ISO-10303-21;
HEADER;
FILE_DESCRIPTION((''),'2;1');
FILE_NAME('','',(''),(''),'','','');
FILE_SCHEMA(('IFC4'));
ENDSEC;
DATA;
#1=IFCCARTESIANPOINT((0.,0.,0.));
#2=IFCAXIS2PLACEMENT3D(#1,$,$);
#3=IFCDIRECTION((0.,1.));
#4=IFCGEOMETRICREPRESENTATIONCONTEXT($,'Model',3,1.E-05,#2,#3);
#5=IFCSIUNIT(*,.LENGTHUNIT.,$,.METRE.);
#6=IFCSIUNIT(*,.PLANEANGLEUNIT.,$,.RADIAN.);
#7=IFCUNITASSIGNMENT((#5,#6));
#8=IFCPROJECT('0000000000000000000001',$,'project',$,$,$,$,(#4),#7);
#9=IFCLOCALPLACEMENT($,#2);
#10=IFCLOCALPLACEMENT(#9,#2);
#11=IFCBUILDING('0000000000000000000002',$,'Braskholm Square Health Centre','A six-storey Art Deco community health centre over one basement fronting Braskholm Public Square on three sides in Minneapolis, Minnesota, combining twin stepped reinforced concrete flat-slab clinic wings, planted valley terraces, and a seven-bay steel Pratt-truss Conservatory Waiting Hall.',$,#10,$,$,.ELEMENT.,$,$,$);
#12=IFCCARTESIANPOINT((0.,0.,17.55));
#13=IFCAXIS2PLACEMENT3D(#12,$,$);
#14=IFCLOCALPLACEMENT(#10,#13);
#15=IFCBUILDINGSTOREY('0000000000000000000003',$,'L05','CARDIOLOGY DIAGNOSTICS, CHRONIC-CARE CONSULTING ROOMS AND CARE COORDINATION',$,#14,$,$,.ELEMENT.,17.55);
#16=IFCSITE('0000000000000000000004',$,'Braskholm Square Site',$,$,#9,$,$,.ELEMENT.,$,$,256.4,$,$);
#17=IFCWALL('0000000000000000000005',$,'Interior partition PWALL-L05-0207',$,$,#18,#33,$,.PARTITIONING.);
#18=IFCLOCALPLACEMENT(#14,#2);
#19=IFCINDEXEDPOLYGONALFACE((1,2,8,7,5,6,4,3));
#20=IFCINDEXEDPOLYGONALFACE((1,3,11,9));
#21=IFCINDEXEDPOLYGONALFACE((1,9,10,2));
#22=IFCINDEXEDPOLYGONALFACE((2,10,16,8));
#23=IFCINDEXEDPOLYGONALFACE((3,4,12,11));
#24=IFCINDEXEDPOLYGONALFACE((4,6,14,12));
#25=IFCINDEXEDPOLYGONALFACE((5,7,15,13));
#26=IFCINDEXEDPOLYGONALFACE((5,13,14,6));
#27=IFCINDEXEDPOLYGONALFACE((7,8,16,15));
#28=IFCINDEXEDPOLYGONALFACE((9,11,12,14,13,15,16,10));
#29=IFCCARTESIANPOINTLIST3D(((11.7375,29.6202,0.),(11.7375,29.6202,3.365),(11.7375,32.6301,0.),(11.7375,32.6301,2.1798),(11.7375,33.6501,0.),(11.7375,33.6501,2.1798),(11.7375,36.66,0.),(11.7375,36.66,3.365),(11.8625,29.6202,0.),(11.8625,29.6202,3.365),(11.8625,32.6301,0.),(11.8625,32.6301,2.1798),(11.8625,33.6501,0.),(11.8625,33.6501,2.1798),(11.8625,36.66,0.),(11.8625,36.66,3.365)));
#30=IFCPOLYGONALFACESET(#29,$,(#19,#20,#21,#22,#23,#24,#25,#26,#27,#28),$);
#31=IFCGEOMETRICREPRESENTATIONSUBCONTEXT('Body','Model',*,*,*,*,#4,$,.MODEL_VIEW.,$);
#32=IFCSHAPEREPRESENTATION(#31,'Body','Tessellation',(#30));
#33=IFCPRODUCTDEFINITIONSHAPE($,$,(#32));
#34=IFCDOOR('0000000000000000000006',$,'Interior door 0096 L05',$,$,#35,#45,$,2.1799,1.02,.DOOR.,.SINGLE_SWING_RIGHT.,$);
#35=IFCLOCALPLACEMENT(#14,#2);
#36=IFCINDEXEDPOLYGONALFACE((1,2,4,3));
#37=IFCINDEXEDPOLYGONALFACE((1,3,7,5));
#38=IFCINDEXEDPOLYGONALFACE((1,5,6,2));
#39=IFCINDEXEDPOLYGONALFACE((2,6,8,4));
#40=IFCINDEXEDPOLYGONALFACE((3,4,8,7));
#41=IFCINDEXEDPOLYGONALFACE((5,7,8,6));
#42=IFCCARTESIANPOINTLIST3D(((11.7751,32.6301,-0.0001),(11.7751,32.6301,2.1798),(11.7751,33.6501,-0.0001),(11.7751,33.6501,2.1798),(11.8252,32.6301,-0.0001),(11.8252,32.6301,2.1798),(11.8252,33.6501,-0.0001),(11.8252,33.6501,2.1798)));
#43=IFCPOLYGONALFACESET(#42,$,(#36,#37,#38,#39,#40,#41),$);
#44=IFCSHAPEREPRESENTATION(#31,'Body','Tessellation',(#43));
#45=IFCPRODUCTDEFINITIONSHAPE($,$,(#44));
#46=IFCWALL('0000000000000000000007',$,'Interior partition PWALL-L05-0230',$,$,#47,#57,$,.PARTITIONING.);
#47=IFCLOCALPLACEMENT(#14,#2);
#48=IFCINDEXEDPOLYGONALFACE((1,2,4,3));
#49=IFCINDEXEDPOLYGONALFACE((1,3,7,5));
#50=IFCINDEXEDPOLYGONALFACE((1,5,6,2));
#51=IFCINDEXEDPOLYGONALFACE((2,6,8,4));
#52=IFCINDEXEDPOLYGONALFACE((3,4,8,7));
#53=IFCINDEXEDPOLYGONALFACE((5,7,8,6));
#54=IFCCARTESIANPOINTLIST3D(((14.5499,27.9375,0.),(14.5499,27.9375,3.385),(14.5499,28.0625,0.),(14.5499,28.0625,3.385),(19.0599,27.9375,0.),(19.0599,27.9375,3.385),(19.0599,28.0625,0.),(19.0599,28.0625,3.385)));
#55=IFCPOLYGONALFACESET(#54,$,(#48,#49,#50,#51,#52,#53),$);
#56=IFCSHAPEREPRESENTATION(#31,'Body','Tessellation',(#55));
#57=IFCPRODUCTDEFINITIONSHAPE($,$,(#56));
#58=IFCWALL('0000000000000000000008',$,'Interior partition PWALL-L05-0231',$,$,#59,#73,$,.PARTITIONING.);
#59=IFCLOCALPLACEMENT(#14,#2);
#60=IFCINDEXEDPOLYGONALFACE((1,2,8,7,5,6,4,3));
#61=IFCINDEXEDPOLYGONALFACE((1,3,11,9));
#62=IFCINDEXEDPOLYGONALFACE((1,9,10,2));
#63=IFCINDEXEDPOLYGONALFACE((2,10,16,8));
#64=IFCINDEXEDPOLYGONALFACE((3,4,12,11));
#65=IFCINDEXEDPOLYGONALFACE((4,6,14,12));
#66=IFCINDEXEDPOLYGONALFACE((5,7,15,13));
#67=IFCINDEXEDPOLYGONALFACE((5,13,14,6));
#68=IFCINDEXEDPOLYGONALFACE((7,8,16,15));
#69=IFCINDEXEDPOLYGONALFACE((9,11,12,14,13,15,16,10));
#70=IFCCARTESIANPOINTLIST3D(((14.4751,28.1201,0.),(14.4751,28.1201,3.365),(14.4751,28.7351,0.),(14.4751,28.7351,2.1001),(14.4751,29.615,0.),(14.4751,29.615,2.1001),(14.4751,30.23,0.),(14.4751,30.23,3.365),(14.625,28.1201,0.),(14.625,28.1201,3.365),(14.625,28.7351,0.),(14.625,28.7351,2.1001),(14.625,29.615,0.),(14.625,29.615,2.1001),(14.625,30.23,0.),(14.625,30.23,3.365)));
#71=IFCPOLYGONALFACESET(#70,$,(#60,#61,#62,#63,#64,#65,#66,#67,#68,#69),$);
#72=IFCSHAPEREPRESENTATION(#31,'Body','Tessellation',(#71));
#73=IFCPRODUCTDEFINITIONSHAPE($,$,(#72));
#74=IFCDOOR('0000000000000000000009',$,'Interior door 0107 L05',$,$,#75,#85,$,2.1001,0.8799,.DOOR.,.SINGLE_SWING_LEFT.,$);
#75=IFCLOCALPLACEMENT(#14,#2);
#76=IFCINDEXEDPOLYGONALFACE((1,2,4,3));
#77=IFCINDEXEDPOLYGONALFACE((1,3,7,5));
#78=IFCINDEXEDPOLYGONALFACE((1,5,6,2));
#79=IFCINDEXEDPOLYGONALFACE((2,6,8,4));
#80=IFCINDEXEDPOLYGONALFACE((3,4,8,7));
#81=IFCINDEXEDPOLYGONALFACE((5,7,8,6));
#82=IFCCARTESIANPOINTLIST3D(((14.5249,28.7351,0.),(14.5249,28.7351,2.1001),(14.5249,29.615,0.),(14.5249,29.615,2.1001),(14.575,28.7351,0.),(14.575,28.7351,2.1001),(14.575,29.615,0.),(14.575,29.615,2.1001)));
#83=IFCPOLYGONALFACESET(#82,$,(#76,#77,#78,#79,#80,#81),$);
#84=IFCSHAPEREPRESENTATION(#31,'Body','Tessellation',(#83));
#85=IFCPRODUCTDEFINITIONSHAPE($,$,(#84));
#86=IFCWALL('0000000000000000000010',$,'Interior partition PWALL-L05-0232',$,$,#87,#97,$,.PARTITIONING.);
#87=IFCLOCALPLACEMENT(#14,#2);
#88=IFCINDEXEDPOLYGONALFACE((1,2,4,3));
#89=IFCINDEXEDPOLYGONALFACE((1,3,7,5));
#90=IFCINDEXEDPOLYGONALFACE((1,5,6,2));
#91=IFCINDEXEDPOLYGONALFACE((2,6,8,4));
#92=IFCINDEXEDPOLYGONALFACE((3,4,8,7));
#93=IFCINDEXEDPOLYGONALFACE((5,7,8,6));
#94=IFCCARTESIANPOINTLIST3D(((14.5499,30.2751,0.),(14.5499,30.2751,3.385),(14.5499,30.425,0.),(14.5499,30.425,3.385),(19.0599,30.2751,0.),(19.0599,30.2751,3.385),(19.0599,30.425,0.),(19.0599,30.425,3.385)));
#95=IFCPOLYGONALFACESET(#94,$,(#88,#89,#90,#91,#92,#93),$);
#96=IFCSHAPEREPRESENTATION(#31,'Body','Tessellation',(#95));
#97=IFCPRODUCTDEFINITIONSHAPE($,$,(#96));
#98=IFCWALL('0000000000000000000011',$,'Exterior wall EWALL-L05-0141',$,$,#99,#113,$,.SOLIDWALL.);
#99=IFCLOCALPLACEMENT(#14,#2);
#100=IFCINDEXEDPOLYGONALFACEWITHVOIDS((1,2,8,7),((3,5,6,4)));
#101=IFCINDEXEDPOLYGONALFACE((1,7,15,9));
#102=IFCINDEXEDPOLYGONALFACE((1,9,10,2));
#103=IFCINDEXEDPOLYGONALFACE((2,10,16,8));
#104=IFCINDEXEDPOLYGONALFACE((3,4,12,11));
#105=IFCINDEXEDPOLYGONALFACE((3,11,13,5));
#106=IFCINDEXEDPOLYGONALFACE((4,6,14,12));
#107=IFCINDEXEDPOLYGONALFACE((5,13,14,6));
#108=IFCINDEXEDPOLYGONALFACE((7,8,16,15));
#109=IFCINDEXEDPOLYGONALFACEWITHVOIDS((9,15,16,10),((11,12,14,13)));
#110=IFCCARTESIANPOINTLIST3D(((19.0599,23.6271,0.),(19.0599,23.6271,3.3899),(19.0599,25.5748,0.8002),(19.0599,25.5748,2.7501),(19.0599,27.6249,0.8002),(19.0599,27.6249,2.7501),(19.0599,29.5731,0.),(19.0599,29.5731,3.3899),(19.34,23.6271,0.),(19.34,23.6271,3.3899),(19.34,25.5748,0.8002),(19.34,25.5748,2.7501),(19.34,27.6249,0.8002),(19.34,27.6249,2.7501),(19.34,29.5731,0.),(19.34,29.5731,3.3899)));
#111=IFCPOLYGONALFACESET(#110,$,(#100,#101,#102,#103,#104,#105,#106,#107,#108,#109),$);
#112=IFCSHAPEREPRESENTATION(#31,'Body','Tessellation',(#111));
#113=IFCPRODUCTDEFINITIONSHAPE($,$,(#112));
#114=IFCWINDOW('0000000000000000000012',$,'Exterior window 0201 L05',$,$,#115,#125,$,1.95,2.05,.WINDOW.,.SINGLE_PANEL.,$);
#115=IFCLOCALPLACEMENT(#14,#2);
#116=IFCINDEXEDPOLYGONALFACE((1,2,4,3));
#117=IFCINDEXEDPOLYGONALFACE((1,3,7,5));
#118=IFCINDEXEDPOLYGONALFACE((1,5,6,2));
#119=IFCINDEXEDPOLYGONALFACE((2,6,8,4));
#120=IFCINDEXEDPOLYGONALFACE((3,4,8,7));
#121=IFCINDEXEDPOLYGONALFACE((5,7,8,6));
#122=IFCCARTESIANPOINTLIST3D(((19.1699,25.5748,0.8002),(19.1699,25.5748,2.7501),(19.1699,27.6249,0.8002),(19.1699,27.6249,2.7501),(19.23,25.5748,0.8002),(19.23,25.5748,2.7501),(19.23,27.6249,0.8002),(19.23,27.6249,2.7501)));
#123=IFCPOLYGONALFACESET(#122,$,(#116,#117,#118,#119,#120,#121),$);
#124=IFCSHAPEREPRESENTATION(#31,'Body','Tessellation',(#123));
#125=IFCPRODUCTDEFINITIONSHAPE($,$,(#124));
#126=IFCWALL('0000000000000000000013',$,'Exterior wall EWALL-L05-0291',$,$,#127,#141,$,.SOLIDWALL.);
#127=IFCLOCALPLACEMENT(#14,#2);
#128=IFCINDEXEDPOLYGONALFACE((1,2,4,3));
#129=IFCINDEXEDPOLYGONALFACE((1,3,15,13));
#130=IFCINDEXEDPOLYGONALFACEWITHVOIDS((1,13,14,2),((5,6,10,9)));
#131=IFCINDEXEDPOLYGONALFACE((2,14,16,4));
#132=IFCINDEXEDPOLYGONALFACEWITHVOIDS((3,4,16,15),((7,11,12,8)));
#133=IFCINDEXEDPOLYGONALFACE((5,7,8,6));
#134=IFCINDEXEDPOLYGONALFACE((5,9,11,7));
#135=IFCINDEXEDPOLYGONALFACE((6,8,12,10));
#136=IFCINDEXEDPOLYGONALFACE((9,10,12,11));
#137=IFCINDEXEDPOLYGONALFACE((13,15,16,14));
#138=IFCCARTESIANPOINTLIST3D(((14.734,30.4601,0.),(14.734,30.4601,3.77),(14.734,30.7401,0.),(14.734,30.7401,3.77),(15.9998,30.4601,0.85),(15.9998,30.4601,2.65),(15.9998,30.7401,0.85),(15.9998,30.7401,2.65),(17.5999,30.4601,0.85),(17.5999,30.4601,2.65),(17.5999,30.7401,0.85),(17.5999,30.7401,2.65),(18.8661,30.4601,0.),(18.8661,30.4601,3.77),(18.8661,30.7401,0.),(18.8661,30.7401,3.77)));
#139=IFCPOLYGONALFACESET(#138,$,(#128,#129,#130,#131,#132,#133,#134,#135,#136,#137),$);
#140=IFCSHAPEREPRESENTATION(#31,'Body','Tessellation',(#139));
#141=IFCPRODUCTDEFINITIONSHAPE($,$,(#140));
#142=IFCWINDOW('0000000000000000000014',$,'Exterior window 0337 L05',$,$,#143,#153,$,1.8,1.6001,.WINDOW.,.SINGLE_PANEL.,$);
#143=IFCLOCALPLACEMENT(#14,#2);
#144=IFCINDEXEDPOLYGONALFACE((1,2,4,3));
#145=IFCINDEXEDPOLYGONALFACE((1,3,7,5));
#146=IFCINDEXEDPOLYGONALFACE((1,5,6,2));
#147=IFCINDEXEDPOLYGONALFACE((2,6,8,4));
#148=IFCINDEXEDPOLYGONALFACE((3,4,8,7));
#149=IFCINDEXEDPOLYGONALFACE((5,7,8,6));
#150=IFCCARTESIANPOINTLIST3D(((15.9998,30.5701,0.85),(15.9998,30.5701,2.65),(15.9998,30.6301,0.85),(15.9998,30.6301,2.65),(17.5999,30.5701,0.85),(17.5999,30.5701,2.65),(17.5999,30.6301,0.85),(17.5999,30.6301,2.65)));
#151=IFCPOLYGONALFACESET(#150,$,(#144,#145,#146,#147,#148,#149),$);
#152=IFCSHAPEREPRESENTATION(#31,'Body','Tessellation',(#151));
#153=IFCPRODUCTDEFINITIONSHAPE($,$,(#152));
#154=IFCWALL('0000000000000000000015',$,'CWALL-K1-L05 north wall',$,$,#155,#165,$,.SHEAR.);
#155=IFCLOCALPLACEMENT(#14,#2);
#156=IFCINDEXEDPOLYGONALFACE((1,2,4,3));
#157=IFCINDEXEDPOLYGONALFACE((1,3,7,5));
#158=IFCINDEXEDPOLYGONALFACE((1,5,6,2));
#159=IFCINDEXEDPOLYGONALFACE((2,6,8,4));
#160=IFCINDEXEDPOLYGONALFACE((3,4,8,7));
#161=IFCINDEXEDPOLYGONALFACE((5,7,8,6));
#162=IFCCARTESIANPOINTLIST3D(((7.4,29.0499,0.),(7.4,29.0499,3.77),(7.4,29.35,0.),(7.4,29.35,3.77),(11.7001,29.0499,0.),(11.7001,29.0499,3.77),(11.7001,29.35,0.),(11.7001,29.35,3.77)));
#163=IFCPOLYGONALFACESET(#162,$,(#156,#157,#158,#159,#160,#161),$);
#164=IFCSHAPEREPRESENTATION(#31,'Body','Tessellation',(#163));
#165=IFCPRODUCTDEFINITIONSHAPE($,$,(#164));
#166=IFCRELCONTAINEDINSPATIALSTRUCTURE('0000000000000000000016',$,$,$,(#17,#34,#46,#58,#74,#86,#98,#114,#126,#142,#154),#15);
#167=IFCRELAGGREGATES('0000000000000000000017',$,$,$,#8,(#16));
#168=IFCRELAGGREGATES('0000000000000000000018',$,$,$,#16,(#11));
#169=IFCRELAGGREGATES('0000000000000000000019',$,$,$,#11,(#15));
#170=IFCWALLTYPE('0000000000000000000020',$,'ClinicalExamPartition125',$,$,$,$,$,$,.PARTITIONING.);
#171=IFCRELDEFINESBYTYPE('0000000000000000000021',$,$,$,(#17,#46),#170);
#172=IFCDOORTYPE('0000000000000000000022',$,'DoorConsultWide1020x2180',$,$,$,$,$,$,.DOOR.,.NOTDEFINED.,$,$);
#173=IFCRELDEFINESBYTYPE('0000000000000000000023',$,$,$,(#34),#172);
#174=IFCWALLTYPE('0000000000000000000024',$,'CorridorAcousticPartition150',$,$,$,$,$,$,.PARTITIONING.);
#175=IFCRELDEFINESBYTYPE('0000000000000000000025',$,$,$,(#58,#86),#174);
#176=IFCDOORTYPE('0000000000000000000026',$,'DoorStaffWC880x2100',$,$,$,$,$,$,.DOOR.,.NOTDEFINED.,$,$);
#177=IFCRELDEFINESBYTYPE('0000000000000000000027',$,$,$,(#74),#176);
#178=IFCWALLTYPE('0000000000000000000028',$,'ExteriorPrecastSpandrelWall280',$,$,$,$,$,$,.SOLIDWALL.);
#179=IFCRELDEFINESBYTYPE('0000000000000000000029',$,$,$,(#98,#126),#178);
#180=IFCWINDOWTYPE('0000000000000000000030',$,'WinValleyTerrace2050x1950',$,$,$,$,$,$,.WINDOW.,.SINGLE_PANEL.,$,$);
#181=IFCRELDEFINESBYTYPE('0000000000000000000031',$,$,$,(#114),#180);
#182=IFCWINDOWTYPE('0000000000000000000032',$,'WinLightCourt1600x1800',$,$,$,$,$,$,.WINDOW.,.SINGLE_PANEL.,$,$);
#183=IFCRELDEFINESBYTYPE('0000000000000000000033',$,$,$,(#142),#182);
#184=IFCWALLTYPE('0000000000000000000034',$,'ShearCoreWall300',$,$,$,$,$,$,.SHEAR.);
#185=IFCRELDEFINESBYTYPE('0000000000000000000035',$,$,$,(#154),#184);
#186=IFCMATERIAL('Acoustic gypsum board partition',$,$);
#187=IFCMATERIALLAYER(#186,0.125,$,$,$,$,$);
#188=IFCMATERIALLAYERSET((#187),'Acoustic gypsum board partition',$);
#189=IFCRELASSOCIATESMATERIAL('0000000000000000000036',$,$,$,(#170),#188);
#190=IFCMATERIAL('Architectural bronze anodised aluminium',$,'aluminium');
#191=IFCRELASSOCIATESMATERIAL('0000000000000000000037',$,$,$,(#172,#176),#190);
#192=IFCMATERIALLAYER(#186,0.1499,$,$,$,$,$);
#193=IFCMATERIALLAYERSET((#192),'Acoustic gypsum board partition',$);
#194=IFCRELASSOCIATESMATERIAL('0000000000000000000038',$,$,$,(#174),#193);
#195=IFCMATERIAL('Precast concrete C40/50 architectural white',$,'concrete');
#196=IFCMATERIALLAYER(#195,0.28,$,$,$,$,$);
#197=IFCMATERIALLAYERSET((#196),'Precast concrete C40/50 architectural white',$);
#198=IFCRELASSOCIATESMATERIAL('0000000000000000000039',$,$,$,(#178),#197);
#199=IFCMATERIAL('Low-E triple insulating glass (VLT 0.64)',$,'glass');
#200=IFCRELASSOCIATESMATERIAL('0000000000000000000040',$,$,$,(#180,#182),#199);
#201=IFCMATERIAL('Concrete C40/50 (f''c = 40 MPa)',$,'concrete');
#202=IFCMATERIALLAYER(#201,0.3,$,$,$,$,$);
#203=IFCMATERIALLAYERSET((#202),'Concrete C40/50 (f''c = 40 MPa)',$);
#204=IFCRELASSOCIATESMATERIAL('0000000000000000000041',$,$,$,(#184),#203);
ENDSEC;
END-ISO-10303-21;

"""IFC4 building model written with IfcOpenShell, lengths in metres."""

from ifc_helpers import new_model, si_unit, direction, frame, frame_2d, origin, origin_with_axes, place, context, subcontext, project, spatial, rectangle, extrude, material, layer, layer_set, type_object, element, fill, save


model = new_model("IFC4")

# Units and contexts
model_context = context("Model", 3, precision=1e-05, world=origin(), true_north=direction((0.0, 1.0)))
body_context = subcontext(model_context, "Body", "Model", "MODEL_VIEW")
ifc_project = project(units=[si_unit("LENGTHUNIT", "METRE"), si_unit("PLANEANGLEUNIT", "RADIAN")], contexts=[model_context])

# Site, building, storey
site_placement = place(None, origin())
site = spatial("IfcSite", under=ifc_project, at=site_placement, Name="Braskholm Square Site", CompositionType="ELEMENT", RefElevation=256.4)
building_placement = place(site_placement, origin())
building = spatial("IfcBuilding", under=site, at=building_placement, Name="Braskholm Square Health Centre", Description="A six-storey Art Deco community health centre over one basement fronting Braskholm Public Square on three sides in Minneapolis, Minnesota, combining twin stepped reinforced concrete flat-slab clinic wings, planted valley terraces, and a seven-bay steel Pratt-truss Conservatory Waiting Hall.", CompositionType="ELEMENT")
storey_placement = place(building_placement, frame((0.0, 0.0, 17.55)))
storey = spatial("IfcBuildingStorey", under=building, at=storey_placement, Name="L05", Description="CARDIOLOGY DIAGNOSTICS, CHRONIC-CARE CONSULTING ROOMS AND CARE COORDINATION", CompositionType="ELEMENT", Elevation=17.55)

# Shared definitions
ifc_material_1 = material(Name="Concrete C40/50 (f'c = 40 MPa)", Category="concrete")

# Shared definitions
ifc_material_2 = material(Name="Low-E triple insulating glass (VLT 0.64)", Category="glass")
ifc_material_3 = material(Name="Architectural bronze anodised aluminium", Category="aluminium")

# Wall, opening, door
ifc_material_4 = material(Name="Acoustic gypsum board partition")
ifc_layer_1 = layer(ifc_material_4, 0.125)
ifc_layer_set_1 = layer_set([ifc_layer_1], Name="Acoustic gypsum board partition")
wall_type_1 = type_object("IfcWallType", Name="ClinicalExamPartition125", PredefinedType="PARTITIONING", material=ifc_layer_set_1)
wall_1_placement = place(storey_placement, frame((11.8, 29.6201, 0.0), z_axis=(0.0, 0.0, 1.0), x_axis=(0.0, 1.0, 0.0)))
wall_1 = element("IfcWall", 1, at=wall_1_placement, inside=storey, type_object=wall_type_1, Name="Interior partition PWALL-L05-0207", PredefinedType="PARTITIONING", context=body_context, shape_type="SweptSolid", body=[
    extrude(rectangle(XDim=7.0398, YDim=0.125, at=frame_2d((3.52, 0.0))), origin(), (0.0, 0.0, 1.0), 3.365),
])
opening_1_placement = place(wall_1_placement, frame((3.01, 0.0, 0.0)))
opening_1 = element("IfcOpeningElement", 2, at=opening_1_placement, cuts=wall_1, PredefinedType="OPENING", context=body_context, shape_type="SweptSolid", body=[
    extrude(rectangle(XDim=1.02, YDim=2.1799, at=frame_2d((0.51, 1.0898))), frame((0.0, 0.0725, 0.0), z_axis=(0.0, -1.0, 0.0), x_axis=(1.0, 0.0, 0.0)), (0.0, 0.0, 1.0), 0.145),
])
door_type_1 = type_object("IfcDoorType", Name="DoorConsultWide1020x2180", OperationType="NOTDEFINED", PredefinedType="DOOR", material=ifc_material_3)
door_1_placement = place(opening_1_placement, origin_with_axes())
door_1 = element("IfcDoor", 3, at=door_1_placement, inside=storey, type_object=door_type_1, Name="Interior door 0096 L05", OperationType="SINGLE_SWING_RIGHT", OverallHeight=2.1799, OverallWidth=1.02, PredefinedType="DOOR", context=body_context, shape_type="SweptSolid", body=[
    extrude(rectangle(XDim=1.02, YDim=2.1799, at=frame_2d((0.51, 1.0898))), frame((0.0, 0.0249, 0.0), z_axis=(0.0, -1.0, 0.0), x_axis=(1.0, 0.0, 0.0)), (0.0, 0.0, 1.0), 0.05),
])
fill(opening_1, door_1)

# Wall
wall_2_placement = place(storey_placement, frame((14.55, 28.0, 0.0), z_axis=(0.0, 0.0, 1.0), x_axis=(1.0, 0.0, 0.0)))
element("IfcWall", 4, at=wall_2_placement, inside=storey, type_object=wall_type_1, Name="Interior partition PWALL-L05-0230", PredefinedType="PARTITIONING", context=body_context, shape_type="SweptSolid", body=[
    extrude(rectangle(XDim=4.51, YDim=0.125, at=frame_2d((2.2549, 0.0))), origin(), (0.0, 0.0, 1.0), 3.385),
])

# Wall, opening, door
ifc_layer_2 = layer(ifc_material_4, 0.1499)
ifc_layer_set_2 = layer_set([ifc_layer_2], Name="Acoustic gypsum board partition")
wall_type_2 = type_object("IfcWallType", Name="CorridorAcousticPartition150", PredefinedType="PARTITIONING", material=ifc_layer_set_2)
wall_3_placement = place(storey_placement, frame((14.55, 28.1201, 0.0), z_axis=(0.0, 0.0, 1.0), x_axis=(0.0, 1.0, 0.0)))
wall_3 = element("IfcWall", 5, at=wall_3_placement, inside=storey, type_object=wall_type_2, Name="Interior partition PWALL-L05-0231", PredefinedType="PARTITIONING", context=body_context, shape_type="SweptSolid", body=[
    extrude(rectangle(XDim=2.1099, YDim=0.1499, at=frame_2d((1.0549, 0.0))), origin(), (0.0, 0.0, 1.0), 3.365),
])
opening_2_placement = place(wall_3_placement, frame((0.615, 0.0, 0.0)))
opening_2 = element("IfcOpeningElement", 6, at=opening_2_placement, cuts=wall_3, PredefinedType="OPENING", context=body_context, shape_type="SweptSolid", body=[
    extrude(rectangle(XDim=0.8799, YDim=2.1001, at=frame_2d((0.4399, 1.05))), frame((0.0, 0.085, 0.0), z_axis=(0.0, -1.0, 0.0), x_axis=(1.0, 0.0, 0.0)), (0.0, 0.0, 1.0), 0.1699),
])
door_type_2 = type_object("IfcDoorType", Name="DoorStaffWC880x2100", OperationType="NOTDEFINED", PredefinedType="DOOR", material=ifc_material_3)
door_2_placement = place(opening_2_placement, frame((0.8799, 0.0, 0.0), z_axis=(0.0, 0.0, 1.0), x_axis=(-1.0, 0.0, 0.0)))
door_2 = element("IfcDoor", 7, at=door_2_placement, inside=storey, type_object=door_type_2, Name="Interior door 0107 L05", OperationType="SINGLE_SWING_LEFT", OverallHeight=2.1001, OverallWidth=0.8799, PredefinedType="DOOR", context=body_context, shape_type="SweptSolid", body=[
    extrude(rectangle(XDim=0.8799, YDim=2.1001, at=frame_2d((0.4399, 1.05))), frame((0.0, 0.0249, 0.0), z_axis=(0.0, -1.0, 0.0), x_axis=(1.0, 0.0, 0.0)), (0.0, 0.0, 1.0), 0.05),
])
fill(opening_2, door_2)

# Wall
wall_4_placement = place(storey_placement, frame((14.55, 30.3501, 0.0), z_axis=(0.0, 0.0, 1.0), x_axis=(1.0, 0.0, 0.0)))
element("IfcWall", 8, at=wall_4_placement, inside=storey, type_object=wall_type_2, Name="Interior partition PWALL-L05-0232", PredefinedType="PARTITIONING", context=body_context, shape_type="SweptSolid", body=[
    extrude(rectangle(XDim=4.51, YDim=0.1499, at=frame_2d((2.2549, 0.0))), origin(), (0.0, 0.0, 1.0), 3.385),
])

# Walls, openings, windows
ifc_material_5 = material(Name="Precast concrete C40/50 architectural white", Category="concrete")
ifc_layer_3 = layer(ifc_material_5, 0.28)
ifc_layer_set_3 = layer_set([ifc_layer_3], Name="Precast concrete C40/50 architectural white")
wall_type_3 = type_object("IfcWallType", Name="ExteriorPrecastSpandrelWall280", PredefinedType="SOLIDWALL", material=ifc_layer_set_3)
wall_5_placement = place(storey_placement, frame((19.2, 23.627, 0.0), z_axis=(0.0, 0.0, 1.0), x_axis=(0.0, 1.0, 0.0)))
wall_5 = element("IfcWall", 9, at=wall_5_placement, inside=storey, type_object=wall_type_3, Name="Exterior wall EWALL-L05-0141", PredefinedType="SOLIDWALL", context=body_context, shape_type="SweptSolid", body=[
    extrude(rectangle(XDim=5.946, YDim=0.28, at=frame_2d((2.9731, 0.0))), origin(), (0.0, 0.0, 1.0), 3.3899),
])
opening_3_placement = place(wall_5_placement, frame((1.948, 0.0, 0.8)))
opening_3 = element("IfcOpeningElement", 10, at=opening_3_placement, cuts=wall_5, PredefinedType="OPENING", context=body_context, shape_type="SweptSolid", body=[
    extrude(rectangle(XDim=2.05, YDim=1.95, at=frame_2d((1.0249, 0.9751))), frame((0.0, 0.1499, 0.0), z_axis=(0.0, -1.0, 0.0), x_axis=(1.0, 0.0, 0.0)), (0.0, 0.0, 1.0), 0.3),
])
window_type_1 = type_object("IfcWindowType", Name="WinValleyTerrace2050x1950", PartitioningType="SINGLE_PANEL", PredefinedType="WINDOW", material=ifc_material_2)
window_1_placement = place(opening_3_placement, origin_with_axes())
window_1 = element("IfcWindow", 11, at=window_1_placement, inside=storey, type_object=window_type_1, Name="Exterior window 0201 L05", OverallHeight=1.95, OverallWidth=2.05, PartitioningType="SINGLE_PANEL", PredefinedType="WINDOW", context=body_context, shape_type="SweptSolid", body=[
    extrude(rectangle(XDim=2.05, YDim=1.95, at=frame_2d((1.0249, 0.9751))), frame((0.0, 0.03, 0.0), z_axis=(0.0, -1.0, 0.0), x_axis=(1.0, 0.0, 0.0)), (0.0, 0.0, 1.0), 0.0601),
])
fill(opening_3, window_1)
wall_6_placement = place(storey_placement, frame((18.866, 30.6001, 0.0), z_axis=(0.0, 0.0, 1.0), x_axis=(-1.0, 0.0, 0.0)))
wall_6 = element("IfcWall", 12, at=wall_6_placement, inside=storey, type_object=wall_type_3, Name="Exterior wall EWALL-L05-0291", PredefinedType="SOLIDWALL", context=body_context, shape_type="SweptSolid", body=[
    extrude(rectangle(XDim=4.1321, YDim=0.28, at=frame_2d((2.0659, 0.0))), origin(), (0.0, 0.0, 1.0), 3.77),
])
opening_4_placement = place(wall_6_placement, frame((1.2661, 0.0, 0.8501)))
opening_4 = element("IfcOpeningElement", 13, at=opening_4_placement, cuts=wall_6, PredefinedType="OPENING", context=body_context, shape_type="SweptSolid", body=[
    extrude(rectangle(XDim=1.6001, YDim=1.8, at=frame_2d((0.8, 0.8999))), frame((0.0, 0.1499, 0.0), z_axis=(0.0, -1.0, 0.0), x_axis=(1.0, 0.0, 0.0)), (0.0, 0.0, 1.0), 0.3),
])
window_type_2 = type_object("IfcWindowType", Name="WinLightCourt1600x1800", PartitioningType="SINGLE_PANEL", PredefinedType="WINDOW", material=ifc_material_2)
window_2_placement = place(opening_4_placement, origin_with_axes())
window_2 = element("IfcWindow", 14, at=window_2_placement, inside=storey, type_object=window_type_2, Name="Exterior window 0337 L05", OverallHeight=1.8, OverallWidth=1.6001, PartitioningType="SINGLE_PANEL", PredefinedType="WINDOW", context=body_context, shape_type="SweptSolid", body=[
    extrude(rectangle(XDim=1.6001, YDim=1.8, at=frame_2d((0.8, 0.8999))), frame((0.0, 0.03, 0.0), z_axis=(0.0, -1.0, 0.0), x_axis=(1.0, 0.0, 0.0)), (0.0, 0.0, 1.0), 0.0601),
])
fill(opening_4, window_2)

# Wall
ifc_layer_4 = layer(ifc_material_1, 0.3)
ifc_layer_set_4 = layer_set([ifc_layer_4], Name="Concrete C40/50 (f'c = 40 MPa)")
wall_type_4 = type_object("IfcWallType", Name="ShearCoreWall300", PredefinedType="SHEAR", material=ifc_layer_set_4)
wall_7_placement = place(storey_placement, frame((11.7, 29.2, 0.0), z_axis=(0.0, 0.0, 1.0), x_axis=(-1.0, 0.0, 0.0)))
element("IfcWall", 15, at=wall_7_placement, inside=storey, type_object=wall_type_4, Name="CWALL-K1-L05 north wall", PredefinedType="SHEAR", context=body_context, shape_type="SweptSolid", body=[
    extrude(rectangle(XDim=4.3, YDim=0.3, at=frame_2d((2.1499, 0.0))), origin(), (0.0, 0.0, 1.0), 3.77),
])

save(model, "model.ifc")
